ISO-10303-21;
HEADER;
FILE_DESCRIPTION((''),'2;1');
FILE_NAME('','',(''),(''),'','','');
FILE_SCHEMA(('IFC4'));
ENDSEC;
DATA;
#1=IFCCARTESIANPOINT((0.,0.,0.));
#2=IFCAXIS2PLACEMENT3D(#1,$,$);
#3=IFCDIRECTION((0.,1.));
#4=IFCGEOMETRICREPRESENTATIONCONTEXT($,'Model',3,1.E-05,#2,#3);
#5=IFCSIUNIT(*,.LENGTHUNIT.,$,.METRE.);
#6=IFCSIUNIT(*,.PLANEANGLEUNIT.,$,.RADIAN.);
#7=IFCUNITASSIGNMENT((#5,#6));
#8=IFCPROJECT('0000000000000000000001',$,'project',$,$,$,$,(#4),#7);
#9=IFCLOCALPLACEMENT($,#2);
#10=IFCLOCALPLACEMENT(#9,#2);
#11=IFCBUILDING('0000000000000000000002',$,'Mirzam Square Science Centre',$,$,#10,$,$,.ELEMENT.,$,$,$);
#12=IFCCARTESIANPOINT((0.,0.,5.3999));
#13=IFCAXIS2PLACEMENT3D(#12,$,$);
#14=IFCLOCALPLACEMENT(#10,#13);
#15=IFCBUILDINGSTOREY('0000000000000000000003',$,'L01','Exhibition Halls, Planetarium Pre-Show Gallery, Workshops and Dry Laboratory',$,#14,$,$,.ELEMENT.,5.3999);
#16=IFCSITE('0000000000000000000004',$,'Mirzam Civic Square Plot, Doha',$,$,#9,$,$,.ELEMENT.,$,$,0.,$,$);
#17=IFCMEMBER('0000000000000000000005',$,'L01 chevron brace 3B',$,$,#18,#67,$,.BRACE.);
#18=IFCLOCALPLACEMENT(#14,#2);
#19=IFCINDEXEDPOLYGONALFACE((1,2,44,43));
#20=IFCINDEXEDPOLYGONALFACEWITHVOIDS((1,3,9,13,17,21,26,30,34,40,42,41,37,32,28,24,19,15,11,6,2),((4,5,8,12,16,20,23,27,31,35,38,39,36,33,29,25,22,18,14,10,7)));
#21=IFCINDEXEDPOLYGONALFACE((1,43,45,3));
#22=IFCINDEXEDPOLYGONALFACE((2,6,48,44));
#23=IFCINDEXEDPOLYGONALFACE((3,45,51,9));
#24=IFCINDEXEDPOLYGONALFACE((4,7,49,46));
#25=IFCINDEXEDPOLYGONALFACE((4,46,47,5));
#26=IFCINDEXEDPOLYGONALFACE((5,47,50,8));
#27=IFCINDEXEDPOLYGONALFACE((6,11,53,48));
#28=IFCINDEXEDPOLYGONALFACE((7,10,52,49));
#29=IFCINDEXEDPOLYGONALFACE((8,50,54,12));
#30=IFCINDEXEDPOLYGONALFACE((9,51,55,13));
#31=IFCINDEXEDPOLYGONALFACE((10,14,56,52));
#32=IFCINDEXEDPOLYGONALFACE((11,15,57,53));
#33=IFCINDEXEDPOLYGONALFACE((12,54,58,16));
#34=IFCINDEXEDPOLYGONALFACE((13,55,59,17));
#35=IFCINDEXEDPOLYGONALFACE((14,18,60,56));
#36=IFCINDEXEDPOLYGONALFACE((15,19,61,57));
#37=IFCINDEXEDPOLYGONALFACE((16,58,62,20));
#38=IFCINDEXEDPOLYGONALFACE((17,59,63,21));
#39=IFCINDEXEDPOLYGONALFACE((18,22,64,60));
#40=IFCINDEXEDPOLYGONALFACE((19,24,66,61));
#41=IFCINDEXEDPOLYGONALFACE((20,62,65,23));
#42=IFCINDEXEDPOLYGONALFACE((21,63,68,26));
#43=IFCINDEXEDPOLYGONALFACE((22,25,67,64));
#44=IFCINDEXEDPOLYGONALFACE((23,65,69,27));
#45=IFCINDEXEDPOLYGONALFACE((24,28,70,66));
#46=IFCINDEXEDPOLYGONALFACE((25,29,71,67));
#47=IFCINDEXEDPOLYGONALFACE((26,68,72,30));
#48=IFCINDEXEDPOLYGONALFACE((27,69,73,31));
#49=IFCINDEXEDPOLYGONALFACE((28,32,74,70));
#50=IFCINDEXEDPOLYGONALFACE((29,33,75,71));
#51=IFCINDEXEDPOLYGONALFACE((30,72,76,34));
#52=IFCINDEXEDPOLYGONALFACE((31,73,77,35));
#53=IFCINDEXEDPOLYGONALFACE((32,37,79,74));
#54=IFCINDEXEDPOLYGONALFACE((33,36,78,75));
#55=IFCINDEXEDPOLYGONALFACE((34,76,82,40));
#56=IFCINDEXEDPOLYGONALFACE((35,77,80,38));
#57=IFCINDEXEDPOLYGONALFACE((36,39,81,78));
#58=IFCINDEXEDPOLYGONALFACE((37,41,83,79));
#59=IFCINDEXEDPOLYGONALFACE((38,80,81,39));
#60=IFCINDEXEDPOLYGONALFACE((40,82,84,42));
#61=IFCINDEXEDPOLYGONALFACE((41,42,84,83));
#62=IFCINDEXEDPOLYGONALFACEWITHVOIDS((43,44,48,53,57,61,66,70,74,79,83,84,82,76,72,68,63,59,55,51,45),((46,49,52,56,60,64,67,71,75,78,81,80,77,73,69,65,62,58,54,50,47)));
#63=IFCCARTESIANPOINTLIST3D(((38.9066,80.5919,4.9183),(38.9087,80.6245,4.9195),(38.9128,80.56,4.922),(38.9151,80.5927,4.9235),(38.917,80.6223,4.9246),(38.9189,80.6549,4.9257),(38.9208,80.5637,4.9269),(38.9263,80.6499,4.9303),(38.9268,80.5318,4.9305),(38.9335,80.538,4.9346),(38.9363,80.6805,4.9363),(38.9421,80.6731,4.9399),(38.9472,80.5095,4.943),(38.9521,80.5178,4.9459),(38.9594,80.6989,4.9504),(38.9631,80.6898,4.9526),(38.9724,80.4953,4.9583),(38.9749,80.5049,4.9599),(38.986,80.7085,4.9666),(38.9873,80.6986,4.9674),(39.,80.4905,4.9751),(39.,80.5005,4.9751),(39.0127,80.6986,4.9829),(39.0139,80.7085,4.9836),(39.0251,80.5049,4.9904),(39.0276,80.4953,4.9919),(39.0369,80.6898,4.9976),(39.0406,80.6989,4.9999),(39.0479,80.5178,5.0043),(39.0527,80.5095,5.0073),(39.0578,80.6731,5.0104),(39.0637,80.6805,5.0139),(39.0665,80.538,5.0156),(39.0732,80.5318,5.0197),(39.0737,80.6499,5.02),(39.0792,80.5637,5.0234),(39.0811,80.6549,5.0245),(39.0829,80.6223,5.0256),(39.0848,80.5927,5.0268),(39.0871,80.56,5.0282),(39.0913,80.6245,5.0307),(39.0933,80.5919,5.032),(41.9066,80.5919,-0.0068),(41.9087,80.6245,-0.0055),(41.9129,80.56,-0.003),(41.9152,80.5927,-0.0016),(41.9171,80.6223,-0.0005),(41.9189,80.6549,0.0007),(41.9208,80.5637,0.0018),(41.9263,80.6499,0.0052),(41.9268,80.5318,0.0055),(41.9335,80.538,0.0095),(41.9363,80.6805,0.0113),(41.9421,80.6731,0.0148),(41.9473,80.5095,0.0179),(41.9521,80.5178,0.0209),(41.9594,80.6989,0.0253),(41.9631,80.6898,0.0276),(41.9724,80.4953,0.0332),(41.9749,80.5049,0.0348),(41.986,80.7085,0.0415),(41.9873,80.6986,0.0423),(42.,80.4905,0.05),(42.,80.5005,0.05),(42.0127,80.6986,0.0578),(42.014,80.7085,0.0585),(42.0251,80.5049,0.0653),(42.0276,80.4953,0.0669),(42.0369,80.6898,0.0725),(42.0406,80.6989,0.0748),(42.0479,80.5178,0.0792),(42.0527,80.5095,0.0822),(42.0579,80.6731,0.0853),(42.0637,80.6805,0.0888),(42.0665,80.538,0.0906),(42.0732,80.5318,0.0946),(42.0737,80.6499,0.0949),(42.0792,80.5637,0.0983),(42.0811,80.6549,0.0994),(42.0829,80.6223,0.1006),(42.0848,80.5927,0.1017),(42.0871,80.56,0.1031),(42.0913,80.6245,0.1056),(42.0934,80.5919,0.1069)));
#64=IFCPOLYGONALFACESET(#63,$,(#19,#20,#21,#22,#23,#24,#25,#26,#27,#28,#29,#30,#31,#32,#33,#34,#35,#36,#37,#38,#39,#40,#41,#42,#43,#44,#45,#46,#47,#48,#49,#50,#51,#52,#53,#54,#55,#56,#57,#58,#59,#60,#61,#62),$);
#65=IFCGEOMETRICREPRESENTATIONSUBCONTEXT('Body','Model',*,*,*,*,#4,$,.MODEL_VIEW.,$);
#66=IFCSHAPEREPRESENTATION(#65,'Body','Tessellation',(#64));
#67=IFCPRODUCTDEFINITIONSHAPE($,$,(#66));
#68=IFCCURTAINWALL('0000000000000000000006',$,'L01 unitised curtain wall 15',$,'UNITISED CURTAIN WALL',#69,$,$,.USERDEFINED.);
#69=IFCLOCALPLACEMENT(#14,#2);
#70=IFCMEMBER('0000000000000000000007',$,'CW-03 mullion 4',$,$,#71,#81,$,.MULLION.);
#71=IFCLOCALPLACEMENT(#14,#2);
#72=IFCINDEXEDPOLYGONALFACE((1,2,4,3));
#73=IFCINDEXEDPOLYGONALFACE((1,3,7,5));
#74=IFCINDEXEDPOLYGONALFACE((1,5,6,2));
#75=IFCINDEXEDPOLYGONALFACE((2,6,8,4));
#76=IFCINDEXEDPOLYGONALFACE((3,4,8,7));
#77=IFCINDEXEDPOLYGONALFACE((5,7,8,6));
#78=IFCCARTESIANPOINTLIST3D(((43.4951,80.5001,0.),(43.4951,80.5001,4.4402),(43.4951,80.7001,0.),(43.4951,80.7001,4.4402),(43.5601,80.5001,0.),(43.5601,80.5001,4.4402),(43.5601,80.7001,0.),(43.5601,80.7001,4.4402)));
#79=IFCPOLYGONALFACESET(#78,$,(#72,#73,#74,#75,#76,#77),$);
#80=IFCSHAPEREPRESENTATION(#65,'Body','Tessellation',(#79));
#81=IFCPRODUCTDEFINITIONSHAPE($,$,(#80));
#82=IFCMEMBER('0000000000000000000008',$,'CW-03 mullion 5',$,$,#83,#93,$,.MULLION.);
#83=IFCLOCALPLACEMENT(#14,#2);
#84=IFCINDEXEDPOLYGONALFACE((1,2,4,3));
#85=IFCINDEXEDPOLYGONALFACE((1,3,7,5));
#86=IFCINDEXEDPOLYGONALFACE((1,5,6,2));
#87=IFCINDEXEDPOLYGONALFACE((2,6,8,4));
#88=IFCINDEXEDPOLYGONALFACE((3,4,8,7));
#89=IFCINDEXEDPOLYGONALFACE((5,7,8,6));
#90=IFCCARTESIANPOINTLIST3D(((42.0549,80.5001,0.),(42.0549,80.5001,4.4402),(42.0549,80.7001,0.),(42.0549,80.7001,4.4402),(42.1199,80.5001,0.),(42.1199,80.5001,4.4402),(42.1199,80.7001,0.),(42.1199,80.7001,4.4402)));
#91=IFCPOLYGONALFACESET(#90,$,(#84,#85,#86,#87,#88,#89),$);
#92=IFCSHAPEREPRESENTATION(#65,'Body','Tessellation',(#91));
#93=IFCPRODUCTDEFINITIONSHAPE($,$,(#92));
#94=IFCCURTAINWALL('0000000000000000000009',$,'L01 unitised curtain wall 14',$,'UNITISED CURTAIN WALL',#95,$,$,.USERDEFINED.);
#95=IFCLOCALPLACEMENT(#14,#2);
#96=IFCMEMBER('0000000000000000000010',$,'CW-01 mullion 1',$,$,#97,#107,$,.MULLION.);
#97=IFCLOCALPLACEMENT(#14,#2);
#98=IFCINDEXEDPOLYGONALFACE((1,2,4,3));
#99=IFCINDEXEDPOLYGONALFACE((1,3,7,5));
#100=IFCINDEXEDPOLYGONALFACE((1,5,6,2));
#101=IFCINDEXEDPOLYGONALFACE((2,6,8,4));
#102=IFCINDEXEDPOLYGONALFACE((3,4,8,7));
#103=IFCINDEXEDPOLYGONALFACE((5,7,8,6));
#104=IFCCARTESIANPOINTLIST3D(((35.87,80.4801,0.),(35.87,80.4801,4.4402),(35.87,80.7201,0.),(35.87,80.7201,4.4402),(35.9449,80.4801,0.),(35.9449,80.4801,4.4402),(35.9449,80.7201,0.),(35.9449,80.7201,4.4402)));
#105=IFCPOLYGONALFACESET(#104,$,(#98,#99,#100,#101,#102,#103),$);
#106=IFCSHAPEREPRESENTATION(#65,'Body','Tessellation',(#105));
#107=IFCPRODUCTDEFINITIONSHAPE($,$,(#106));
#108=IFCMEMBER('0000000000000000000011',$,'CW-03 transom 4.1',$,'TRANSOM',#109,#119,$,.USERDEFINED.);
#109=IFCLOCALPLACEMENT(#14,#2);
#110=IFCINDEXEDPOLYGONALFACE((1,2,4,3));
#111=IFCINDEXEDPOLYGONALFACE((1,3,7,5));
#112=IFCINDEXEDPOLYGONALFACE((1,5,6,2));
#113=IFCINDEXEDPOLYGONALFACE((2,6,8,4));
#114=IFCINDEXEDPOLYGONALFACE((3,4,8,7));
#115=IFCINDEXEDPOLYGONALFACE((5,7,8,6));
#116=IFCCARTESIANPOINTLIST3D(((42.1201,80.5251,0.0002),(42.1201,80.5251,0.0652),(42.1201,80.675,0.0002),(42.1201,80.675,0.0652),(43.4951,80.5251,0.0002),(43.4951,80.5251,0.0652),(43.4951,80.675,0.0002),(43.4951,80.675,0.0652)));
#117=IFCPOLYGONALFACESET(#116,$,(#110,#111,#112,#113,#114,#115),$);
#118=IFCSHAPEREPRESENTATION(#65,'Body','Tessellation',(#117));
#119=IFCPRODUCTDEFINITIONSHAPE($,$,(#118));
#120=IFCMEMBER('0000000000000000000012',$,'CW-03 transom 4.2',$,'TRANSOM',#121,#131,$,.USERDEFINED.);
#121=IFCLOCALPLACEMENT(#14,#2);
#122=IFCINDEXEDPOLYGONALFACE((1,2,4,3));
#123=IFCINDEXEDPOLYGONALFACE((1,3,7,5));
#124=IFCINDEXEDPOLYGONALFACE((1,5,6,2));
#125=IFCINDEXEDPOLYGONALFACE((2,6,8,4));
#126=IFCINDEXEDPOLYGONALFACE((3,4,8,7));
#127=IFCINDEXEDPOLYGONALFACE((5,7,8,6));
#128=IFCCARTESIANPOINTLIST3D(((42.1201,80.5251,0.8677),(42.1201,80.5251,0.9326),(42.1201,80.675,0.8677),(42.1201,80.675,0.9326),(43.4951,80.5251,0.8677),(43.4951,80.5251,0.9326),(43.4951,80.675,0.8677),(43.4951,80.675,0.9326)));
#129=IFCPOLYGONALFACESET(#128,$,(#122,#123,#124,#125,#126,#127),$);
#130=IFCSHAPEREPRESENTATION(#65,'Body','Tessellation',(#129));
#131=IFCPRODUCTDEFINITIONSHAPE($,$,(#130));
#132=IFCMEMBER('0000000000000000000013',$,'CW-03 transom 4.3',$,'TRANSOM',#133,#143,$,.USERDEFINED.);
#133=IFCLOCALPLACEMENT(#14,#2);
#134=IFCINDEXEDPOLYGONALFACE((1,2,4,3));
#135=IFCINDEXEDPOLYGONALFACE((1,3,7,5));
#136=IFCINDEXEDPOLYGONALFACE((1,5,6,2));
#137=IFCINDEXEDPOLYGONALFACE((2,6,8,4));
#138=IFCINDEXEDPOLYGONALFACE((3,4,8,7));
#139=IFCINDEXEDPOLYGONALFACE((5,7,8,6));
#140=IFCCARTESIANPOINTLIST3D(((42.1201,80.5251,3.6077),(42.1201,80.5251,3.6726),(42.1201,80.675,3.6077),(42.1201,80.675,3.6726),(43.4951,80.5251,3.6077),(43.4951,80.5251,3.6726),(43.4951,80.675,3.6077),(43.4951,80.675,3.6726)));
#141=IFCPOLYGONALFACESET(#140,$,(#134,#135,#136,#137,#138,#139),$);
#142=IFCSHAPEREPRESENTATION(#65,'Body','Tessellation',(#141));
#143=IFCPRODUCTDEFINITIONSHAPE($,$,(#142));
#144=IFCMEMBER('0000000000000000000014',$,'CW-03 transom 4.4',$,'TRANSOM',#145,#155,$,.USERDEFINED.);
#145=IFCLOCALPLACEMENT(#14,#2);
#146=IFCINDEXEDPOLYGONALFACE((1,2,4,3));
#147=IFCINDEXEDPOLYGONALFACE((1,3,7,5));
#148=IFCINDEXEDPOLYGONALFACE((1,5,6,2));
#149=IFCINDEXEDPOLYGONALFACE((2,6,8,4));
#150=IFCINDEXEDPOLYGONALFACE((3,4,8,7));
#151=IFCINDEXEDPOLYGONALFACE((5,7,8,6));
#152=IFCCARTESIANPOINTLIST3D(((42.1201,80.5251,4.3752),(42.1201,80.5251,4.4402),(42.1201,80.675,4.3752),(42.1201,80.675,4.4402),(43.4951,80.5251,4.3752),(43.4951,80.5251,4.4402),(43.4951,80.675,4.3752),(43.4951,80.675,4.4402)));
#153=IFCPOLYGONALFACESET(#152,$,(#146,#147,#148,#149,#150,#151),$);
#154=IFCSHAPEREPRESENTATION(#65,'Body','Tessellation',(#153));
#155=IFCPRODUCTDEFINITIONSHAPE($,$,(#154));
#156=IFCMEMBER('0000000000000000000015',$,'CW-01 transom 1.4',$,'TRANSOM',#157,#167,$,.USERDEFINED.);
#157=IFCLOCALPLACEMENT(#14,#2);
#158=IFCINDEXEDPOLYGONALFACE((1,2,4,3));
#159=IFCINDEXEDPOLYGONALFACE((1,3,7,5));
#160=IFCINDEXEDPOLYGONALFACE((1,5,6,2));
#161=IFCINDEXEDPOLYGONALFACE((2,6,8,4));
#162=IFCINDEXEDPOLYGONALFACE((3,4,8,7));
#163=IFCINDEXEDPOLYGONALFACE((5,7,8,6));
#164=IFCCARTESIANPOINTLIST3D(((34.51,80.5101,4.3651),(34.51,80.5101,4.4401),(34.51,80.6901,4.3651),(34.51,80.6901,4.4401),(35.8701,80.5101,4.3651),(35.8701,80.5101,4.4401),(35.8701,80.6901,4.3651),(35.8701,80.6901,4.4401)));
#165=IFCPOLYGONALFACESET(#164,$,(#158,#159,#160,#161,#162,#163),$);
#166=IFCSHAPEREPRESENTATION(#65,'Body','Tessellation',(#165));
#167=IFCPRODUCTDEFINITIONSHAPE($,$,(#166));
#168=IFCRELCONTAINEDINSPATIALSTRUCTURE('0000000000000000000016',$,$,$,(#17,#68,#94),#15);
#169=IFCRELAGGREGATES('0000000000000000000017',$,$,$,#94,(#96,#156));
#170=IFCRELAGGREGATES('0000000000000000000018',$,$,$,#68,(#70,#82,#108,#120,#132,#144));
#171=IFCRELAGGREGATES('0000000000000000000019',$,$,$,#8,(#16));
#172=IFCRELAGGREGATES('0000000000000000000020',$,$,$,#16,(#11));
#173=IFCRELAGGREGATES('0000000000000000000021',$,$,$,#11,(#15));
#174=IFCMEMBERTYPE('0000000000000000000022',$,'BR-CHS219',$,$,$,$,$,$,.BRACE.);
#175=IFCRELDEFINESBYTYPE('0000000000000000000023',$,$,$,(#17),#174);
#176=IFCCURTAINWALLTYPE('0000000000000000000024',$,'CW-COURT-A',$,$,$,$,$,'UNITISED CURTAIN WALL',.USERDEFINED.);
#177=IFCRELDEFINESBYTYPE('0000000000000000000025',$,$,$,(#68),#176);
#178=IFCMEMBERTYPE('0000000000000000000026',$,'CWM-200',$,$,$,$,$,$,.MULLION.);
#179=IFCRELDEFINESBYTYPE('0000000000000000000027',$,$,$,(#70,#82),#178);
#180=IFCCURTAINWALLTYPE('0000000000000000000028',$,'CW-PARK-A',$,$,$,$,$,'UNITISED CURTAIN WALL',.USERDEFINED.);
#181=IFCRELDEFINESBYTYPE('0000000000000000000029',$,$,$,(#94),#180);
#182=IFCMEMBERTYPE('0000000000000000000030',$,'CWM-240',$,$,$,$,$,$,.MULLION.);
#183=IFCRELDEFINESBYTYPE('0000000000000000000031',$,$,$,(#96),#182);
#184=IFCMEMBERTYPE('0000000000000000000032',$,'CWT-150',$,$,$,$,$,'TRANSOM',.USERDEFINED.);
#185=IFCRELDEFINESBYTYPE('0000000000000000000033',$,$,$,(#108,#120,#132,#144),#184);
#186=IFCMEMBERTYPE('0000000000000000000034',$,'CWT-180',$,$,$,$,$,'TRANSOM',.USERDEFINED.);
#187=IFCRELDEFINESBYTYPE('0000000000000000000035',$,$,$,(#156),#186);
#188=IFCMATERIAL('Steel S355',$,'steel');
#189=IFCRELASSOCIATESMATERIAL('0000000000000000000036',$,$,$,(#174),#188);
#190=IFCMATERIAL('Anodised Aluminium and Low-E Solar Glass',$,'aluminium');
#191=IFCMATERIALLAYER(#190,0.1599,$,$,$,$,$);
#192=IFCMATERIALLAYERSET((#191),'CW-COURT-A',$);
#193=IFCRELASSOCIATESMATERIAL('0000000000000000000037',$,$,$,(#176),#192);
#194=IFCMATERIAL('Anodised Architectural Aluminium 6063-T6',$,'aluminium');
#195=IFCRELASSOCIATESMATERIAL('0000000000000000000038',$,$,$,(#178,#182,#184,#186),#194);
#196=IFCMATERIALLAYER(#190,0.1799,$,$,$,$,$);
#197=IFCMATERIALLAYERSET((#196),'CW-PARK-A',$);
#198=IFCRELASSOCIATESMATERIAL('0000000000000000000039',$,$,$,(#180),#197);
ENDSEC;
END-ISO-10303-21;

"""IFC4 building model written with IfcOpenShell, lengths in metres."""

from ifc_helpers import new_model, si_unit, direction, frame, origin, origin_2d, place, context, subcontext, project, spatial, rectangle, hollow_circle, extrude, material, layer, layer_set, material_profile, profile_set, type_object, element, aggregate, save


model = new_model("IFC4")

# Units and contexts
model_context = context("Model", 3, precision=1e-05, world=origin(), true_north=direction((0.0, 1.0)))
body_context = subcontext(model_context, "Body", "Model", "MODEL_VIEW")
ifc_project = project(units=[si_unit("LENGTHUNIT", "METRE"), si_unit("PLANEANGLEUNIT", "RADIAN")], contexts=[model_context])

# Site, building, storey
site_placement = place(None, origin())
site = spatial("IfcSite", under=ifc_project, at=site_placement, Name="Mirzam Civic Square Plot, Doha", CompositionType="ELEMENT", RefElevation=0.0)
building_placement = place(site_placement, origin())
building = spatial("IfcBuilding", under=site, at=building_placement, Name="Mirzam Square Science Centre", CompositionType="ELEMENT")
storey_placement = place(building_placement, frame((0.0, 0.0, 5.3999)))
storey = spatial("IfcBuildingStorey", under=building, at=storey_placement, Name="L01", Description="Exhibition Halls, Planetarium Pre-Show Gallery, Workshops and Dry Laboratory", CompositionType="ELEMENT", Elevation=5.3999)

# Shared definitions
ifc_material_1 = material(Name="Steel S355", Category="steel")

# Member
ifc_material_profile_1 = material_profile(ifc_material_1, hollow_circle(Radius=0.1096, WallThickness=0.01, at=origin_2d()), Name="219.1x10.0CHS")
ifc_profile_set_1 = profile_set([ifc_material_profile_1], Name="Steel S355")
member_type_1 = type_object("IfcMemberType", Name="BR-CHS219", PredefinedType="BRACE", material=ifc_profile_set_1)
for number, where, z_axis, x_axis, name in (
    (1, (42.0, 80.6001, 0.05), (-0.520218, 0.0, 0.854033), (0.0, -1.0, 0.0), "L01 chevron brace 3B"),
):
    element("IfcMember", number, at=place(storey_placement, frame(where, z_axis=z_axis, x_axis=x_axis)), inside=storey, type_object=member_type_1, Name=name, PredefinedType="BRACE", context=body_context, shape_type="SweptSolid", body=[
        extrude(hollow_circle(Radius=0.1096, WallThickness=0.01, at=origin_2d()), origin(), (0.0, 0.0, 1.0), 5.7668),
    ])

# Curtain wall, members
ifc_material_2 = material(Name="Anodised Aluminium and Low-E Solar Glass", Category="aluminium")
ifc_layer_1 = layer(ifc_material_2, 0.1599)
ifc_layer_set_1 = layer_set([ifc_layer_1], Name="CW-COURT-A")
curtain_wall_type_1 = type_object("IfcCurtainWallType", Name="CW-COURT-A", ElementType="UNITISED CURTAIN WALL", PredefinedType="USERDEFINED", material=ifc_layer_set_1)
curtain_wall_1_placement = place(storey_placement, origin())
curtain_wall_1 = element("IfcCurtainWall", 2, at=curtain_wall_1_placement, inside=storey, type_object=curtain_wall_type_1, Name="L01 unitised curtain wall 15", ObjectType="UNITISED CURTAIN WALL", PredefinedType="USERDEFINED")
ifc_material_3 = material(Name="Anodised Architectural Aluminium 6063-T6", Category="aluminium")
ifc_material_profile_2 = material_profile(ifc_material_3, rectangle(XDim=0.0649, YDim=0.2, at=origin_2d()), Name="ALU-MULL-200x65x5")
ifc_profile_set_2 = profile_set([ifc_material_profile_2], Name="Anodised Architectural Aluminium 6063-T6")
member_type_2 = type_object("IfcMemberType", Name="CWM-200", PredefinedType="MULLION", material=ifc_profile_set_2)
member_1_placement = place(storey_placement, frame((43.5276, 80.6001, 0.0), z_axis=(0.0, 0.0, 1.0), x_axis=(-1.0, 0.0, 0.0)))
member_1 = element("IfcMember", 3, at=member_1_placement, type_object=member_type_2, Name="CW-03 mullion 4", PredefinedType="MULLION", context=body_context, shape_type="SweptSolid", body=[
    extrude(rectangle(XDim=0.0649, YDim=0.2, at=origin_2d()), origin(), (0.0, 0.0, 1.0), 4.4402),
])
member_2_placement = place(storey_placement, frame((42.0874, 80.6001, 0.0), z_axis=(0.0, 0.0, 1.0), x_axis=(-1.0, 0.0, 0.0)))
member_2 = element("IfcMember", 4, at=member_2_placement, type_object=member_type_2, Name="CW-03 mullion 5", PredefinedType="MULLION", context=body_context, shape_type="SweptSolid", body=[
    extrude(rectangle(XDim=0.0649, YDim=0.2, at=origin_2d()), origin(), (0.0, 0.0, 1.0), 4.4402),
])

# Curtain wall, member
ifc_layer_2 = layer(ifc_material_2, 0.1799)
ifc_layer_set_2 = layer_set([ifc_layer_2], Name="CW-PARK-A")
curtain_wall_type_2 = type_object("IfcCurtainWallType", Name="CW-PARK-A", ElementType="UNITISED CURTAIN WALL", PredefinedType="USERDEFINED", material=ifc_layer_set_2)
curtain_wall_2_placement = place(storey_placement, origin())
curtain_wall_2 = element("IfcCurtainWall", 5, at=curtain_wall_2_placement, inside=storey, type_object=curtain_wall_type_2, Name="L01 unitised curtain wall 14", ObjectType="UNITISED CURTAIN WALL", PredefinedType="USERDEFINED")
ifc_material_profile_3 = material_profile(ifc_material_3, rectangle(XDim=0.075, YDim=0.24, at=origin_2d()), Name="ALU-MULL-240x75x5")
ifc_profile_set_3 = profile_set([ifc_material_profile_3], Name="Anodised Architectural Aluminium 6063-T6")
member_type_3 = type_object("IfcMemberType", Name="CWM-240", PredefinedType="MULLION", material=ifc_profile_set_3)
member_3_placement = place(storey_placement, frame((35.9075, 80.6001, 0.0), z_axis=(0.0, 0.0, 1.0), x_axis=(-1.0, 0.0, 0.0)))
member_3 = element("IfcMember", 6, at=member_3_placement, type_object=member_type_3, Name="CW-01 mullion 1", PredefinedType="MULLION", context=body_context, shape_type="SweptSolid", body=[
    extrude(rectangle(XDim=0.075, YDim=0.24, at=origin_2d()), origin(), (0.0, 0.0, 1.0), 4.4402),
])

# Members
ifc_material_profile_4 = material_profile(ifc_material_3, rectangle(XDim=0.1499, YDim=0.0649, at=origin_2d()), Name="ALU-TRAN-150x65x4")
ifc_profile_set_4 = profile_set([ifc_material_profile_4], Name="Anodised Architectural Aluminium 6063-T6")
member_type_4 = type_object("IfcMemberType", Name="CWT-150", ElementType="TRANSOM", PredefinedType="USERDEFINED", material=ifc_profile_set_4)
member_4_placement = place(storey_placement, frame((43.4951, 80.6001, 0.0327), z_axis=(-1.0, 0.0, 0.0), x_axis=(0.0, -1.0, 0.0)))
member_4 = element("IfcMember", 7, at=member_4_placement, type_object=member_type_4, Name="CW-03 transom 4.1", ObjectType="TRANSOM", PredefinedType="USERDEFINED", context=body_context, shape_type="SweptSolid", body=[
    extrude(rectangle(XDim=0.1499, YDim=0.0649, at=origin_2d()), origin(), (0.0, 0.0, 1.0), 1.375),
])
member_5_placement = place(storey_placement, frame((43.4951, 80.6001, 0.9001), z_axis=(-1.0, 0.0, 0.0), x_axis=(0.0, -1.0, 0.0)))
member_5 = element("IfcMember", 8, at=member_5_placement, type_object=member_type_4, Name="CW-03 transom 4.2", ObjectType="TRANSOM", PredefinedType="USERDEFINED", context=body_context, shape_type="SweptSolid", body=[
    extrude(rectangle(XDim=0.1499, YDim=0.0649, at=origin_2d()), origin(), (0.0, 0.0, 1.0), 1.375),
])
member_6_placement = place(storey_placement, frame((43.4951, 80.6001, 3.6401), z_axis=(-1.0, 0.0, 0.0), x_axis=(0.0, -1.0, 0.0)))
member_6 = element("IfcMember", 9, at=member_6_placement, type_object=member_type_4, Name="CW-03 transom 4.3", ObjectType="TRANSOM", PredefinedType="USERDEFINED", context=body_context, shape_type="SweptSolid", body=[
    extrude(rectangle(XDim=0.1499, YDim=0.0649, at=origin_2d()), origin(), (0.0, 0.0, 1.0), 1.375),
])
member_7_placement = place(storey_placement, frame((43.4951, 80.6001, 4.4077), z_axis=(-1.0, 0.0, 0.0), x_axis=(0.0, -1.0, 0.0)))
member_7 = element("IfcMember", 10, at=member_7_placement, type_object=member_type_4, Name="CW-03 transom 4.4", ObjectType="TRANSOM", PredefinedType="USERDEFINED", context=body_context, shape_type="SweptSolid", body=[
    extrude(rectangle(XDim=0.1499, YDim=0.0649, at=origin_2d()), origin(), (0.0, 0.0, 1.0), 1.375),
])
ifc_material_profile_5 = material_profile(ifc_material_3, rectangle(XDim=0.1799, YDim=0.075, at=origin_2d()), Name="ALU-TRAN-180x75x5")
ifc_profile_set_5 = profile_set([ifc_material_profile_5], Name="Anodised Architectural Aluminium 6063-T6")
member_type_5 = type_object("IfcMemberType", Name="CWT-180", ElementType="TRANSOM", PredefinedType="USERDEFINED", material=ifc_profile_set_5)
member_8_placement = place(storey_placement, frame((35.8701, 80.6001, 4.4026), z_axis=(-1.0, 0.0, 0.0), x_axis=(0.0, -1.0, 0.0)))
member_8 = element("IfcMember", 11, at=member_8_placement, type_object=member_type_5, Name="CW-01 transom 1.4", ObjectType="TRANSOM", PredefinedType="USERDEFINED", context=body_context, shape_type="SweptSolid", body=[
    extrude(rectangle(XDim=0.1799, YDim=0.075, at=origin_2d()), origin(), (0.0, 0.0, 1.0), 1.3601),
])
aggregate(curtain_wall_2, [member_3, member_8])

aggregate(curtain_wall_1, [member_1, member_2, member_4, member_5, member_6, member_7])

save(model, "model.ifc")
